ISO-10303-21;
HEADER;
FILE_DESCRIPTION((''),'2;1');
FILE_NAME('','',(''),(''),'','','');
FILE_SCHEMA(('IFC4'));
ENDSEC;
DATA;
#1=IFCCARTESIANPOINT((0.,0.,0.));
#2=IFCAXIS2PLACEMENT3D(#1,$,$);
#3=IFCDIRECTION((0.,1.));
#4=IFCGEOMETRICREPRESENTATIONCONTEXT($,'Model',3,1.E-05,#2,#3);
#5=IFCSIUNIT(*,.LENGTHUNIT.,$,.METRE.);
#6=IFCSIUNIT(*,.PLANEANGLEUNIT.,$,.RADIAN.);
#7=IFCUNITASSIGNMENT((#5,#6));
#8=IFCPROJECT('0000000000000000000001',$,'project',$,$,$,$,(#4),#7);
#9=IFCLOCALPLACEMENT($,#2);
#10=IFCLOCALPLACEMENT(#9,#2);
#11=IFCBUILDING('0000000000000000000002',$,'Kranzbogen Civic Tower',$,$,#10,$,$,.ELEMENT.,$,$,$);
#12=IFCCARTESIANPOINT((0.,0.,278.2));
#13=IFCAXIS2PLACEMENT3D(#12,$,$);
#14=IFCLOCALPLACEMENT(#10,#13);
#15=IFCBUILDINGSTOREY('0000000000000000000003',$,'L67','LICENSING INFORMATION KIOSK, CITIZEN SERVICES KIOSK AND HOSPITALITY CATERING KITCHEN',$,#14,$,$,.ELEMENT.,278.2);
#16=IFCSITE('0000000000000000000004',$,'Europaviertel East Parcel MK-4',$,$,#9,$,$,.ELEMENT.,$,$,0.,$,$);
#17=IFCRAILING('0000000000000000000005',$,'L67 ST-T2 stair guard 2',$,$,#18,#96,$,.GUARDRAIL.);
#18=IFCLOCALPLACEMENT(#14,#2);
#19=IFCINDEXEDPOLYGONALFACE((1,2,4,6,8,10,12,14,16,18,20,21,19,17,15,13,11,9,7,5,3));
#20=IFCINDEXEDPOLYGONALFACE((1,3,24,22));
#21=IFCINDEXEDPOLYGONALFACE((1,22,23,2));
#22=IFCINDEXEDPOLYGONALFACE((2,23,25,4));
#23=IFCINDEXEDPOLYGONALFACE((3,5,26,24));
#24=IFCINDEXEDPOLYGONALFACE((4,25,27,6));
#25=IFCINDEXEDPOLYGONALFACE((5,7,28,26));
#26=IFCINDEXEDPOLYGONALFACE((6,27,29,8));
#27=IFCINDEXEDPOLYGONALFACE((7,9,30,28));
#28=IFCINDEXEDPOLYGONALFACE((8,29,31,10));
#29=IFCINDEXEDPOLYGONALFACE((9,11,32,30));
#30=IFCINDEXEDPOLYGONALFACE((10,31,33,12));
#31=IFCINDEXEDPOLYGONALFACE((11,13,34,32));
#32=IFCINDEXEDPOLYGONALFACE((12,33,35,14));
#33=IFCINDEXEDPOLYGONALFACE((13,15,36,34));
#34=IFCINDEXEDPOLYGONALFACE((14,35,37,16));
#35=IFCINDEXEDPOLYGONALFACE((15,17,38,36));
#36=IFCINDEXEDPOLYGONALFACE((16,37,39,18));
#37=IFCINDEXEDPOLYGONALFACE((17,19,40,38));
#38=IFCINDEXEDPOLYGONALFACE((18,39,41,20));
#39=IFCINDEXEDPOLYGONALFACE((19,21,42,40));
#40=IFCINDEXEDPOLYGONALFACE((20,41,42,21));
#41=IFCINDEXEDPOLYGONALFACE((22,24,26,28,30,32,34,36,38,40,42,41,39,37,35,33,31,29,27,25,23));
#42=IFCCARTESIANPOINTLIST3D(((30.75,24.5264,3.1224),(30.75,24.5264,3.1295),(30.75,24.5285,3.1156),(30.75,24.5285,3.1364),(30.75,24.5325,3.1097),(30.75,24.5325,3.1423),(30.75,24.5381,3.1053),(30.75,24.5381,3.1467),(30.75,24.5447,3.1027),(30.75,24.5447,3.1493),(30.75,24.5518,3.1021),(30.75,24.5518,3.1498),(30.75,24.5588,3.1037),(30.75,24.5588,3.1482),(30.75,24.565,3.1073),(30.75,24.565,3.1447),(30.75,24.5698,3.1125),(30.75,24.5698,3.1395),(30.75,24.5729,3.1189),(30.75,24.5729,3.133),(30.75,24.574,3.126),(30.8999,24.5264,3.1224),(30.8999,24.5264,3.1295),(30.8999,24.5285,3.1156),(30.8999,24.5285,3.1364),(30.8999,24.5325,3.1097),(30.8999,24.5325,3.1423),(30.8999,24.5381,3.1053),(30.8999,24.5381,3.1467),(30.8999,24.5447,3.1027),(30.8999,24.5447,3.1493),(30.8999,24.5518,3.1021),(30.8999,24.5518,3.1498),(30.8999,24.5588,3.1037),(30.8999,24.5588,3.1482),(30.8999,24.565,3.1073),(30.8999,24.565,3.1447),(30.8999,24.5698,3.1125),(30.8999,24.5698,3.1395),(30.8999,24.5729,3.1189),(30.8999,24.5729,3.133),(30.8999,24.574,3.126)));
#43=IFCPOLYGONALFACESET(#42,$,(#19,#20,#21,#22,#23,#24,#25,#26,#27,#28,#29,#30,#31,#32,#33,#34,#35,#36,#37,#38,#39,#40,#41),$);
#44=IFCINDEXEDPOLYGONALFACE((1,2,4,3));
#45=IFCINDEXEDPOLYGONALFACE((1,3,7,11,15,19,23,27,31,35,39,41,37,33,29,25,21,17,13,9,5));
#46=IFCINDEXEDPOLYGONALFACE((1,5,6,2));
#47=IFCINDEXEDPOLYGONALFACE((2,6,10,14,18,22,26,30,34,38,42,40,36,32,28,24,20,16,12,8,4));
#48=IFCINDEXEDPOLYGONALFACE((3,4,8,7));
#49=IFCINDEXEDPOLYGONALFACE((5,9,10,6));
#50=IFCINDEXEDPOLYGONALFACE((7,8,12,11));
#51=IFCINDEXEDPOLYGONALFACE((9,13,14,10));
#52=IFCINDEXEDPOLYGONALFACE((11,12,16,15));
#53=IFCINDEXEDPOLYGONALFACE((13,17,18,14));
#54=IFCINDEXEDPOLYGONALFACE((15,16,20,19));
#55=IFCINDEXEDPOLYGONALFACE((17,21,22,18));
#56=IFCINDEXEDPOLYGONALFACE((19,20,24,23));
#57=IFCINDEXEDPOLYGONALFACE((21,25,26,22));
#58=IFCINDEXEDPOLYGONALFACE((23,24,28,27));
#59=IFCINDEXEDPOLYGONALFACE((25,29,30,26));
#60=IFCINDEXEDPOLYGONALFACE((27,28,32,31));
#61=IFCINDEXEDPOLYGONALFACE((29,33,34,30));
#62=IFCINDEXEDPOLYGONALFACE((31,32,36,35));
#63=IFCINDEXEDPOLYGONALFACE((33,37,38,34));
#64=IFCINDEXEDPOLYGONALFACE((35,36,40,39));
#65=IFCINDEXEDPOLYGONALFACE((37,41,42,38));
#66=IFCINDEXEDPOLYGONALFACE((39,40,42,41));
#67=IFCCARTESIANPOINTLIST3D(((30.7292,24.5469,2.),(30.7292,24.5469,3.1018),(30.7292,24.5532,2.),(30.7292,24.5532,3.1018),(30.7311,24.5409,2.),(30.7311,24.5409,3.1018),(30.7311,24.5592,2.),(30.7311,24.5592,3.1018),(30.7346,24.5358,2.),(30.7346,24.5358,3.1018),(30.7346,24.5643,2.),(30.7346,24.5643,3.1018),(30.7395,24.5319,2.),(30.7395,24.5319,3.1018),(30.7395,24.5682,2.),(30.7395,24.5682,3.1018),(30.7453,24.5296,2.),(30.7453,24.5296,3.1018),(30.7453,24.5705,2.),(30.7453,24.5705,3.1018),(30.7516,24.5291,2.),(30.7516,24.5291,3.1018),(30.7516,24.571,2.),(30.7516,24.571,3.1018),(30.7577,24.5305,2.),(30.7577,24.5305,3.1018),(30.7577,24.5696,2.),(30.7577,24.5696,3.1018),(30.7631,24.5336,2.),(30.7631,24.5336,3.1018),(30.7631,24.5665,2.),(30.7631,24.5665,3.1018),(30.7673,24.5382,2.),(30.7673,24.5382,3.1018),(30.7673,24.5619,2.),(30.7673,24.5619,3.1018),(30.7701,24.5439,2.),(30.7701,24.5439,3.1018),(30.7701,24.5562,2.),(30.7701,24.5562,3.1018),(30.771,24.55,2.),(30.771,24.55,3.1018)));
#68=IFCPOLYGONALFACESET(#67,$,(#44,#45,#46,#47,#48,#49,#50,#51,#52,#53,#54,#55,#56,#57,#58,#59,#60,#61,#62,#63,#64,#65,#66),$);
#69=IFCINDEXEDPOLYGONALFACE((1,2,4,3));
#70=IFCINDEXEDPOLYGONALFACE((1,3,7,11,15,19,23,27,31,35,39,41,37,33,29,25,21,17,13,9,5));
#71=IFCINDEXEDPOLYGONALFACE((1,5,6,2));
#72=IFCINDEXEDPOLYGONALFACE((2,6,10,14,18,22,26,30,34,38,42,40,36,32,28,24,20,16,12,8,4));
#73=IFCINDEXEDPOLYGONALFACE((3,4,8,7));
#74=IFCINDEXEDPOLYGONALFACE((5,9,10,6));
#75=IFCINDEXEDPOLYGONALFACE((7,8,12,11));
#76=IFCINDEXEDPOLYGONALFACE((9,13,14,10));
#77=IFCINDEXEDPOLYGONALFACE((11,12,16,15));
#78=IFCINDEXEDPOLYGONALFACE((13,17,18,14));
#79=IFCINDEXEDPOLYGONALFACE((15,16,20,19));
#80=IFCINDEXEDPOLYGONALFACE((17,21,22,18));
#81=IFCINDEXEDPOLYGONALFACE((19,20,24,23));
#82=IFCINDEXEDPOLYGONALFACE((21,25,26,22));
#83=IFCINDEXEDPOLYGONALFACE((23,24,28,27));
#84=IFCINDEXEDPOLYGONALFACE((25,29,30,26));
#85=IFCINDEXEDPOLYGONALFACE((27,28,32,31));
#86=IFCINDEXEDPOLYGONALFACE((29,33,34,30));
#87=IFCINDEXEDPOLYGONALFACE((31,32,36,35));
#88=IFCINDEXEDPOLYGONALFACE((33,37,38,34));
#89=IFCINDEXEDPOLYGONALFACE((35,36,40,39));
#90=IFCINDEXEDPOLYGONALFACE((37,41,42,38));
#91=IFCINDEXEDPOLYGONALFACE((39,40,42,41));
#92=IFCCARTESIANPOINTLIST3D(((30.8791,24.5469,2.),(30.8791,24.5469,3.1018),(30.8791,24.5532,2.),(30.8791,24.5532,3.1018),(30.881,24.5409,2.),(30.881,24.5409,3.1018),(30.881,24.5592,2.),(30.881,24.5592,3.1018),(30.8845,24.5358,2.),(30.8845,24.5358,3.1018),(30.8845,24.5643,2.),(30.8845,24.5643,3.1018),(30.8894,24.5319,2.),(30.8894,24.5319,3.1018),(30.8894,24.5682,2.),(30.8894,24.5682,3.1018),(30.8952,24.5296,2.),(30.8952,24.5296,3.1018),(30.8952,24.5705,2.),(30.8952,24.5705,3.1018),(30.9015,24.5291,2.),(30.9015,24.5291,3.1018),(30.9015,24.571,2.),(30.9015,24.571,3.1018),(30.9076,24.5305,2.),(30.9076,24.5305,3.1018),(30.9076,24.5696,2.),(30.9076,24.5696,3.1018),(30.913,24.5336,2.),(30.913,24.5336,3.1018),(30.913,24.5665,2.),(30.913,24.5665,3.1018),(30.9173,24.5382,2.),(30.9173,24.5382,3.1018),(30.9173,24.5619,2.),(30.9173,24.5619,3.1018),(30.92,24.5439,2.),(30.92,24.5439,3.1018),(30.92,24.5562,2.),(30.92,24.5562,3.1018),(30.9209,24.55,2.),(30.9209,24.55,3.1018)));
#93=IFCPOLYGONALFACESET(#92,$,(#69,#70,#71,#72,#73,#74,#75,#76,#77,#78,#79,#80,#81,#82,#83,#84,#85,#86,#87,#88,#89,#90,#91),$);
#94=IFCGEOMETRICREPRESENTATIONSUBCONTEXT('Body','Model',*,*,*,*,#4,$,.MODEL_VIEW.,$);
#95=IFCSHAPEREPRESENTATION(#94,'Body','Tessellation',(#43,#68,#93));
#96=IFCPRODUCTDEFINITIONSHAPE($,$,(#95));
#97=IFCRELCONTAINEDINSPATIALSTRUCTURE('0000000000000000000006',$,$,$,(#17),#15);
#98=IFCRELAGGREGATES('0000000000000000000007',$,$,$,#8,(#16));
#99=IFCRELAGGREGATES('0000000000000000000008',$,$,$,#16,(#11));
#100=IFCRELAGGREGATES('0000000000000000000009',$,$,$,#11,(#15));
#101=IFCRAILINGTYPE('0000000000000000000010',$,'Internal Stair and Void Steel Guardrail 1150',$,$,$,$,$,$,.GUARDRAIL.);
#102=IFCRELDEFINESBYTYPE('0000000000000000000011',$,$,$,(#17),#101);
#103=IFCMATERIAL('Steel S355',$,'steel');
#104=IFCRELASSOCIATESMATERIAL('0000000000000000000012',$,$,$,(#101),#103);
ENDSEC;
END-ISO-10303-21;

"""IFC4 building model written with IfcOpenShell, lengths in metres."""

from ifc_helpers import new_model, si_unit, direction, frame, origin, origin_2d, place, context, subcontext, project, spatial, circle, extrude, material, type_object, element, save


model = new_model("IFC4")

# Units and contexts
model_context = context("Model", 3, precision=1e-05, world=origin(), true_north=direction((0.0, 1.0)))
body_context = subcontext(model_context, "Body", "Model", "MODEL_VIEW")
ifc_project = project(units=[si_unit("LENGTHUNIT", "METRE"), si_unit("PLANEANGLEUNIT", "RADIAN")], contexts=[model_context])

# Site, building, storey
site_placement = place(None, origin())
site = spatial("IfcSite", under=ifc_project, at=site_placement, Name="Europaviertel East Parcel MK-4", CompositionType="ELEMENT", RefElevation=0.0)
building_placement = place(site_placement, origin())
building = spatial("IfcBuilding", under=site, at=building_placement, Name="Kranzbogen Civic Tower", CompositionType="ELEMENT")
storey_placement = place(building_placement, frame((0.0, 0.0, 278.2)))
storey = spatial("IfcBuildingStorey", under=building, at=storey_placement, Name="L67", Description="LICENSING INFORMATION KIOSK, CITIZEN SERVICES KIOSK AND HOSPITALITY CATERING KITCHEN", CompositionType="ELEMENT", Elevation=278.2)

# Shared definitions
ifc_material_1 = material(Name="Steel S355", Category="steel")

# Railing
railing_type_1 = type_object("IfcRailingType", Name="Internal Stair and Void Steel Guardrail 1150", PredefinedType="GUARDRAIL", material=ifc_material_1)
railing_1_placement = place(storey_placement, frame((30.75, 24.55, 2.0)))
element("IfcRailing", 1, at=railing_1_placement, inside=storey, type_object=railing_type_1, Name="L67 ST-T2 stair guard 2", PredefinedType="GUARDRAIL", context=body_context, shape_type="SweptSolid", body=[
    extrude(circle(Radius=0.0239, at=origin_2d()), frame((0.0, 0.0, 1.126), z_axis=(1.0, 0.0, 0.0), x_axis=(0.0, 1.0, 0.0)), (0.0, 0.0, 1.0), 0.1499),
    extrude(circle(Radius=0.021, at=origin_2d()), origin(), (0.0, 0.0, 1.0), 1.1018),
    extrude(circle(Radius=0.021, at=origin_2d()), frame((0.1499, 0.0, 0.0)), (0.0, 0.0, 1.0), 1.1018),
])

save(model, "model.ifc")
